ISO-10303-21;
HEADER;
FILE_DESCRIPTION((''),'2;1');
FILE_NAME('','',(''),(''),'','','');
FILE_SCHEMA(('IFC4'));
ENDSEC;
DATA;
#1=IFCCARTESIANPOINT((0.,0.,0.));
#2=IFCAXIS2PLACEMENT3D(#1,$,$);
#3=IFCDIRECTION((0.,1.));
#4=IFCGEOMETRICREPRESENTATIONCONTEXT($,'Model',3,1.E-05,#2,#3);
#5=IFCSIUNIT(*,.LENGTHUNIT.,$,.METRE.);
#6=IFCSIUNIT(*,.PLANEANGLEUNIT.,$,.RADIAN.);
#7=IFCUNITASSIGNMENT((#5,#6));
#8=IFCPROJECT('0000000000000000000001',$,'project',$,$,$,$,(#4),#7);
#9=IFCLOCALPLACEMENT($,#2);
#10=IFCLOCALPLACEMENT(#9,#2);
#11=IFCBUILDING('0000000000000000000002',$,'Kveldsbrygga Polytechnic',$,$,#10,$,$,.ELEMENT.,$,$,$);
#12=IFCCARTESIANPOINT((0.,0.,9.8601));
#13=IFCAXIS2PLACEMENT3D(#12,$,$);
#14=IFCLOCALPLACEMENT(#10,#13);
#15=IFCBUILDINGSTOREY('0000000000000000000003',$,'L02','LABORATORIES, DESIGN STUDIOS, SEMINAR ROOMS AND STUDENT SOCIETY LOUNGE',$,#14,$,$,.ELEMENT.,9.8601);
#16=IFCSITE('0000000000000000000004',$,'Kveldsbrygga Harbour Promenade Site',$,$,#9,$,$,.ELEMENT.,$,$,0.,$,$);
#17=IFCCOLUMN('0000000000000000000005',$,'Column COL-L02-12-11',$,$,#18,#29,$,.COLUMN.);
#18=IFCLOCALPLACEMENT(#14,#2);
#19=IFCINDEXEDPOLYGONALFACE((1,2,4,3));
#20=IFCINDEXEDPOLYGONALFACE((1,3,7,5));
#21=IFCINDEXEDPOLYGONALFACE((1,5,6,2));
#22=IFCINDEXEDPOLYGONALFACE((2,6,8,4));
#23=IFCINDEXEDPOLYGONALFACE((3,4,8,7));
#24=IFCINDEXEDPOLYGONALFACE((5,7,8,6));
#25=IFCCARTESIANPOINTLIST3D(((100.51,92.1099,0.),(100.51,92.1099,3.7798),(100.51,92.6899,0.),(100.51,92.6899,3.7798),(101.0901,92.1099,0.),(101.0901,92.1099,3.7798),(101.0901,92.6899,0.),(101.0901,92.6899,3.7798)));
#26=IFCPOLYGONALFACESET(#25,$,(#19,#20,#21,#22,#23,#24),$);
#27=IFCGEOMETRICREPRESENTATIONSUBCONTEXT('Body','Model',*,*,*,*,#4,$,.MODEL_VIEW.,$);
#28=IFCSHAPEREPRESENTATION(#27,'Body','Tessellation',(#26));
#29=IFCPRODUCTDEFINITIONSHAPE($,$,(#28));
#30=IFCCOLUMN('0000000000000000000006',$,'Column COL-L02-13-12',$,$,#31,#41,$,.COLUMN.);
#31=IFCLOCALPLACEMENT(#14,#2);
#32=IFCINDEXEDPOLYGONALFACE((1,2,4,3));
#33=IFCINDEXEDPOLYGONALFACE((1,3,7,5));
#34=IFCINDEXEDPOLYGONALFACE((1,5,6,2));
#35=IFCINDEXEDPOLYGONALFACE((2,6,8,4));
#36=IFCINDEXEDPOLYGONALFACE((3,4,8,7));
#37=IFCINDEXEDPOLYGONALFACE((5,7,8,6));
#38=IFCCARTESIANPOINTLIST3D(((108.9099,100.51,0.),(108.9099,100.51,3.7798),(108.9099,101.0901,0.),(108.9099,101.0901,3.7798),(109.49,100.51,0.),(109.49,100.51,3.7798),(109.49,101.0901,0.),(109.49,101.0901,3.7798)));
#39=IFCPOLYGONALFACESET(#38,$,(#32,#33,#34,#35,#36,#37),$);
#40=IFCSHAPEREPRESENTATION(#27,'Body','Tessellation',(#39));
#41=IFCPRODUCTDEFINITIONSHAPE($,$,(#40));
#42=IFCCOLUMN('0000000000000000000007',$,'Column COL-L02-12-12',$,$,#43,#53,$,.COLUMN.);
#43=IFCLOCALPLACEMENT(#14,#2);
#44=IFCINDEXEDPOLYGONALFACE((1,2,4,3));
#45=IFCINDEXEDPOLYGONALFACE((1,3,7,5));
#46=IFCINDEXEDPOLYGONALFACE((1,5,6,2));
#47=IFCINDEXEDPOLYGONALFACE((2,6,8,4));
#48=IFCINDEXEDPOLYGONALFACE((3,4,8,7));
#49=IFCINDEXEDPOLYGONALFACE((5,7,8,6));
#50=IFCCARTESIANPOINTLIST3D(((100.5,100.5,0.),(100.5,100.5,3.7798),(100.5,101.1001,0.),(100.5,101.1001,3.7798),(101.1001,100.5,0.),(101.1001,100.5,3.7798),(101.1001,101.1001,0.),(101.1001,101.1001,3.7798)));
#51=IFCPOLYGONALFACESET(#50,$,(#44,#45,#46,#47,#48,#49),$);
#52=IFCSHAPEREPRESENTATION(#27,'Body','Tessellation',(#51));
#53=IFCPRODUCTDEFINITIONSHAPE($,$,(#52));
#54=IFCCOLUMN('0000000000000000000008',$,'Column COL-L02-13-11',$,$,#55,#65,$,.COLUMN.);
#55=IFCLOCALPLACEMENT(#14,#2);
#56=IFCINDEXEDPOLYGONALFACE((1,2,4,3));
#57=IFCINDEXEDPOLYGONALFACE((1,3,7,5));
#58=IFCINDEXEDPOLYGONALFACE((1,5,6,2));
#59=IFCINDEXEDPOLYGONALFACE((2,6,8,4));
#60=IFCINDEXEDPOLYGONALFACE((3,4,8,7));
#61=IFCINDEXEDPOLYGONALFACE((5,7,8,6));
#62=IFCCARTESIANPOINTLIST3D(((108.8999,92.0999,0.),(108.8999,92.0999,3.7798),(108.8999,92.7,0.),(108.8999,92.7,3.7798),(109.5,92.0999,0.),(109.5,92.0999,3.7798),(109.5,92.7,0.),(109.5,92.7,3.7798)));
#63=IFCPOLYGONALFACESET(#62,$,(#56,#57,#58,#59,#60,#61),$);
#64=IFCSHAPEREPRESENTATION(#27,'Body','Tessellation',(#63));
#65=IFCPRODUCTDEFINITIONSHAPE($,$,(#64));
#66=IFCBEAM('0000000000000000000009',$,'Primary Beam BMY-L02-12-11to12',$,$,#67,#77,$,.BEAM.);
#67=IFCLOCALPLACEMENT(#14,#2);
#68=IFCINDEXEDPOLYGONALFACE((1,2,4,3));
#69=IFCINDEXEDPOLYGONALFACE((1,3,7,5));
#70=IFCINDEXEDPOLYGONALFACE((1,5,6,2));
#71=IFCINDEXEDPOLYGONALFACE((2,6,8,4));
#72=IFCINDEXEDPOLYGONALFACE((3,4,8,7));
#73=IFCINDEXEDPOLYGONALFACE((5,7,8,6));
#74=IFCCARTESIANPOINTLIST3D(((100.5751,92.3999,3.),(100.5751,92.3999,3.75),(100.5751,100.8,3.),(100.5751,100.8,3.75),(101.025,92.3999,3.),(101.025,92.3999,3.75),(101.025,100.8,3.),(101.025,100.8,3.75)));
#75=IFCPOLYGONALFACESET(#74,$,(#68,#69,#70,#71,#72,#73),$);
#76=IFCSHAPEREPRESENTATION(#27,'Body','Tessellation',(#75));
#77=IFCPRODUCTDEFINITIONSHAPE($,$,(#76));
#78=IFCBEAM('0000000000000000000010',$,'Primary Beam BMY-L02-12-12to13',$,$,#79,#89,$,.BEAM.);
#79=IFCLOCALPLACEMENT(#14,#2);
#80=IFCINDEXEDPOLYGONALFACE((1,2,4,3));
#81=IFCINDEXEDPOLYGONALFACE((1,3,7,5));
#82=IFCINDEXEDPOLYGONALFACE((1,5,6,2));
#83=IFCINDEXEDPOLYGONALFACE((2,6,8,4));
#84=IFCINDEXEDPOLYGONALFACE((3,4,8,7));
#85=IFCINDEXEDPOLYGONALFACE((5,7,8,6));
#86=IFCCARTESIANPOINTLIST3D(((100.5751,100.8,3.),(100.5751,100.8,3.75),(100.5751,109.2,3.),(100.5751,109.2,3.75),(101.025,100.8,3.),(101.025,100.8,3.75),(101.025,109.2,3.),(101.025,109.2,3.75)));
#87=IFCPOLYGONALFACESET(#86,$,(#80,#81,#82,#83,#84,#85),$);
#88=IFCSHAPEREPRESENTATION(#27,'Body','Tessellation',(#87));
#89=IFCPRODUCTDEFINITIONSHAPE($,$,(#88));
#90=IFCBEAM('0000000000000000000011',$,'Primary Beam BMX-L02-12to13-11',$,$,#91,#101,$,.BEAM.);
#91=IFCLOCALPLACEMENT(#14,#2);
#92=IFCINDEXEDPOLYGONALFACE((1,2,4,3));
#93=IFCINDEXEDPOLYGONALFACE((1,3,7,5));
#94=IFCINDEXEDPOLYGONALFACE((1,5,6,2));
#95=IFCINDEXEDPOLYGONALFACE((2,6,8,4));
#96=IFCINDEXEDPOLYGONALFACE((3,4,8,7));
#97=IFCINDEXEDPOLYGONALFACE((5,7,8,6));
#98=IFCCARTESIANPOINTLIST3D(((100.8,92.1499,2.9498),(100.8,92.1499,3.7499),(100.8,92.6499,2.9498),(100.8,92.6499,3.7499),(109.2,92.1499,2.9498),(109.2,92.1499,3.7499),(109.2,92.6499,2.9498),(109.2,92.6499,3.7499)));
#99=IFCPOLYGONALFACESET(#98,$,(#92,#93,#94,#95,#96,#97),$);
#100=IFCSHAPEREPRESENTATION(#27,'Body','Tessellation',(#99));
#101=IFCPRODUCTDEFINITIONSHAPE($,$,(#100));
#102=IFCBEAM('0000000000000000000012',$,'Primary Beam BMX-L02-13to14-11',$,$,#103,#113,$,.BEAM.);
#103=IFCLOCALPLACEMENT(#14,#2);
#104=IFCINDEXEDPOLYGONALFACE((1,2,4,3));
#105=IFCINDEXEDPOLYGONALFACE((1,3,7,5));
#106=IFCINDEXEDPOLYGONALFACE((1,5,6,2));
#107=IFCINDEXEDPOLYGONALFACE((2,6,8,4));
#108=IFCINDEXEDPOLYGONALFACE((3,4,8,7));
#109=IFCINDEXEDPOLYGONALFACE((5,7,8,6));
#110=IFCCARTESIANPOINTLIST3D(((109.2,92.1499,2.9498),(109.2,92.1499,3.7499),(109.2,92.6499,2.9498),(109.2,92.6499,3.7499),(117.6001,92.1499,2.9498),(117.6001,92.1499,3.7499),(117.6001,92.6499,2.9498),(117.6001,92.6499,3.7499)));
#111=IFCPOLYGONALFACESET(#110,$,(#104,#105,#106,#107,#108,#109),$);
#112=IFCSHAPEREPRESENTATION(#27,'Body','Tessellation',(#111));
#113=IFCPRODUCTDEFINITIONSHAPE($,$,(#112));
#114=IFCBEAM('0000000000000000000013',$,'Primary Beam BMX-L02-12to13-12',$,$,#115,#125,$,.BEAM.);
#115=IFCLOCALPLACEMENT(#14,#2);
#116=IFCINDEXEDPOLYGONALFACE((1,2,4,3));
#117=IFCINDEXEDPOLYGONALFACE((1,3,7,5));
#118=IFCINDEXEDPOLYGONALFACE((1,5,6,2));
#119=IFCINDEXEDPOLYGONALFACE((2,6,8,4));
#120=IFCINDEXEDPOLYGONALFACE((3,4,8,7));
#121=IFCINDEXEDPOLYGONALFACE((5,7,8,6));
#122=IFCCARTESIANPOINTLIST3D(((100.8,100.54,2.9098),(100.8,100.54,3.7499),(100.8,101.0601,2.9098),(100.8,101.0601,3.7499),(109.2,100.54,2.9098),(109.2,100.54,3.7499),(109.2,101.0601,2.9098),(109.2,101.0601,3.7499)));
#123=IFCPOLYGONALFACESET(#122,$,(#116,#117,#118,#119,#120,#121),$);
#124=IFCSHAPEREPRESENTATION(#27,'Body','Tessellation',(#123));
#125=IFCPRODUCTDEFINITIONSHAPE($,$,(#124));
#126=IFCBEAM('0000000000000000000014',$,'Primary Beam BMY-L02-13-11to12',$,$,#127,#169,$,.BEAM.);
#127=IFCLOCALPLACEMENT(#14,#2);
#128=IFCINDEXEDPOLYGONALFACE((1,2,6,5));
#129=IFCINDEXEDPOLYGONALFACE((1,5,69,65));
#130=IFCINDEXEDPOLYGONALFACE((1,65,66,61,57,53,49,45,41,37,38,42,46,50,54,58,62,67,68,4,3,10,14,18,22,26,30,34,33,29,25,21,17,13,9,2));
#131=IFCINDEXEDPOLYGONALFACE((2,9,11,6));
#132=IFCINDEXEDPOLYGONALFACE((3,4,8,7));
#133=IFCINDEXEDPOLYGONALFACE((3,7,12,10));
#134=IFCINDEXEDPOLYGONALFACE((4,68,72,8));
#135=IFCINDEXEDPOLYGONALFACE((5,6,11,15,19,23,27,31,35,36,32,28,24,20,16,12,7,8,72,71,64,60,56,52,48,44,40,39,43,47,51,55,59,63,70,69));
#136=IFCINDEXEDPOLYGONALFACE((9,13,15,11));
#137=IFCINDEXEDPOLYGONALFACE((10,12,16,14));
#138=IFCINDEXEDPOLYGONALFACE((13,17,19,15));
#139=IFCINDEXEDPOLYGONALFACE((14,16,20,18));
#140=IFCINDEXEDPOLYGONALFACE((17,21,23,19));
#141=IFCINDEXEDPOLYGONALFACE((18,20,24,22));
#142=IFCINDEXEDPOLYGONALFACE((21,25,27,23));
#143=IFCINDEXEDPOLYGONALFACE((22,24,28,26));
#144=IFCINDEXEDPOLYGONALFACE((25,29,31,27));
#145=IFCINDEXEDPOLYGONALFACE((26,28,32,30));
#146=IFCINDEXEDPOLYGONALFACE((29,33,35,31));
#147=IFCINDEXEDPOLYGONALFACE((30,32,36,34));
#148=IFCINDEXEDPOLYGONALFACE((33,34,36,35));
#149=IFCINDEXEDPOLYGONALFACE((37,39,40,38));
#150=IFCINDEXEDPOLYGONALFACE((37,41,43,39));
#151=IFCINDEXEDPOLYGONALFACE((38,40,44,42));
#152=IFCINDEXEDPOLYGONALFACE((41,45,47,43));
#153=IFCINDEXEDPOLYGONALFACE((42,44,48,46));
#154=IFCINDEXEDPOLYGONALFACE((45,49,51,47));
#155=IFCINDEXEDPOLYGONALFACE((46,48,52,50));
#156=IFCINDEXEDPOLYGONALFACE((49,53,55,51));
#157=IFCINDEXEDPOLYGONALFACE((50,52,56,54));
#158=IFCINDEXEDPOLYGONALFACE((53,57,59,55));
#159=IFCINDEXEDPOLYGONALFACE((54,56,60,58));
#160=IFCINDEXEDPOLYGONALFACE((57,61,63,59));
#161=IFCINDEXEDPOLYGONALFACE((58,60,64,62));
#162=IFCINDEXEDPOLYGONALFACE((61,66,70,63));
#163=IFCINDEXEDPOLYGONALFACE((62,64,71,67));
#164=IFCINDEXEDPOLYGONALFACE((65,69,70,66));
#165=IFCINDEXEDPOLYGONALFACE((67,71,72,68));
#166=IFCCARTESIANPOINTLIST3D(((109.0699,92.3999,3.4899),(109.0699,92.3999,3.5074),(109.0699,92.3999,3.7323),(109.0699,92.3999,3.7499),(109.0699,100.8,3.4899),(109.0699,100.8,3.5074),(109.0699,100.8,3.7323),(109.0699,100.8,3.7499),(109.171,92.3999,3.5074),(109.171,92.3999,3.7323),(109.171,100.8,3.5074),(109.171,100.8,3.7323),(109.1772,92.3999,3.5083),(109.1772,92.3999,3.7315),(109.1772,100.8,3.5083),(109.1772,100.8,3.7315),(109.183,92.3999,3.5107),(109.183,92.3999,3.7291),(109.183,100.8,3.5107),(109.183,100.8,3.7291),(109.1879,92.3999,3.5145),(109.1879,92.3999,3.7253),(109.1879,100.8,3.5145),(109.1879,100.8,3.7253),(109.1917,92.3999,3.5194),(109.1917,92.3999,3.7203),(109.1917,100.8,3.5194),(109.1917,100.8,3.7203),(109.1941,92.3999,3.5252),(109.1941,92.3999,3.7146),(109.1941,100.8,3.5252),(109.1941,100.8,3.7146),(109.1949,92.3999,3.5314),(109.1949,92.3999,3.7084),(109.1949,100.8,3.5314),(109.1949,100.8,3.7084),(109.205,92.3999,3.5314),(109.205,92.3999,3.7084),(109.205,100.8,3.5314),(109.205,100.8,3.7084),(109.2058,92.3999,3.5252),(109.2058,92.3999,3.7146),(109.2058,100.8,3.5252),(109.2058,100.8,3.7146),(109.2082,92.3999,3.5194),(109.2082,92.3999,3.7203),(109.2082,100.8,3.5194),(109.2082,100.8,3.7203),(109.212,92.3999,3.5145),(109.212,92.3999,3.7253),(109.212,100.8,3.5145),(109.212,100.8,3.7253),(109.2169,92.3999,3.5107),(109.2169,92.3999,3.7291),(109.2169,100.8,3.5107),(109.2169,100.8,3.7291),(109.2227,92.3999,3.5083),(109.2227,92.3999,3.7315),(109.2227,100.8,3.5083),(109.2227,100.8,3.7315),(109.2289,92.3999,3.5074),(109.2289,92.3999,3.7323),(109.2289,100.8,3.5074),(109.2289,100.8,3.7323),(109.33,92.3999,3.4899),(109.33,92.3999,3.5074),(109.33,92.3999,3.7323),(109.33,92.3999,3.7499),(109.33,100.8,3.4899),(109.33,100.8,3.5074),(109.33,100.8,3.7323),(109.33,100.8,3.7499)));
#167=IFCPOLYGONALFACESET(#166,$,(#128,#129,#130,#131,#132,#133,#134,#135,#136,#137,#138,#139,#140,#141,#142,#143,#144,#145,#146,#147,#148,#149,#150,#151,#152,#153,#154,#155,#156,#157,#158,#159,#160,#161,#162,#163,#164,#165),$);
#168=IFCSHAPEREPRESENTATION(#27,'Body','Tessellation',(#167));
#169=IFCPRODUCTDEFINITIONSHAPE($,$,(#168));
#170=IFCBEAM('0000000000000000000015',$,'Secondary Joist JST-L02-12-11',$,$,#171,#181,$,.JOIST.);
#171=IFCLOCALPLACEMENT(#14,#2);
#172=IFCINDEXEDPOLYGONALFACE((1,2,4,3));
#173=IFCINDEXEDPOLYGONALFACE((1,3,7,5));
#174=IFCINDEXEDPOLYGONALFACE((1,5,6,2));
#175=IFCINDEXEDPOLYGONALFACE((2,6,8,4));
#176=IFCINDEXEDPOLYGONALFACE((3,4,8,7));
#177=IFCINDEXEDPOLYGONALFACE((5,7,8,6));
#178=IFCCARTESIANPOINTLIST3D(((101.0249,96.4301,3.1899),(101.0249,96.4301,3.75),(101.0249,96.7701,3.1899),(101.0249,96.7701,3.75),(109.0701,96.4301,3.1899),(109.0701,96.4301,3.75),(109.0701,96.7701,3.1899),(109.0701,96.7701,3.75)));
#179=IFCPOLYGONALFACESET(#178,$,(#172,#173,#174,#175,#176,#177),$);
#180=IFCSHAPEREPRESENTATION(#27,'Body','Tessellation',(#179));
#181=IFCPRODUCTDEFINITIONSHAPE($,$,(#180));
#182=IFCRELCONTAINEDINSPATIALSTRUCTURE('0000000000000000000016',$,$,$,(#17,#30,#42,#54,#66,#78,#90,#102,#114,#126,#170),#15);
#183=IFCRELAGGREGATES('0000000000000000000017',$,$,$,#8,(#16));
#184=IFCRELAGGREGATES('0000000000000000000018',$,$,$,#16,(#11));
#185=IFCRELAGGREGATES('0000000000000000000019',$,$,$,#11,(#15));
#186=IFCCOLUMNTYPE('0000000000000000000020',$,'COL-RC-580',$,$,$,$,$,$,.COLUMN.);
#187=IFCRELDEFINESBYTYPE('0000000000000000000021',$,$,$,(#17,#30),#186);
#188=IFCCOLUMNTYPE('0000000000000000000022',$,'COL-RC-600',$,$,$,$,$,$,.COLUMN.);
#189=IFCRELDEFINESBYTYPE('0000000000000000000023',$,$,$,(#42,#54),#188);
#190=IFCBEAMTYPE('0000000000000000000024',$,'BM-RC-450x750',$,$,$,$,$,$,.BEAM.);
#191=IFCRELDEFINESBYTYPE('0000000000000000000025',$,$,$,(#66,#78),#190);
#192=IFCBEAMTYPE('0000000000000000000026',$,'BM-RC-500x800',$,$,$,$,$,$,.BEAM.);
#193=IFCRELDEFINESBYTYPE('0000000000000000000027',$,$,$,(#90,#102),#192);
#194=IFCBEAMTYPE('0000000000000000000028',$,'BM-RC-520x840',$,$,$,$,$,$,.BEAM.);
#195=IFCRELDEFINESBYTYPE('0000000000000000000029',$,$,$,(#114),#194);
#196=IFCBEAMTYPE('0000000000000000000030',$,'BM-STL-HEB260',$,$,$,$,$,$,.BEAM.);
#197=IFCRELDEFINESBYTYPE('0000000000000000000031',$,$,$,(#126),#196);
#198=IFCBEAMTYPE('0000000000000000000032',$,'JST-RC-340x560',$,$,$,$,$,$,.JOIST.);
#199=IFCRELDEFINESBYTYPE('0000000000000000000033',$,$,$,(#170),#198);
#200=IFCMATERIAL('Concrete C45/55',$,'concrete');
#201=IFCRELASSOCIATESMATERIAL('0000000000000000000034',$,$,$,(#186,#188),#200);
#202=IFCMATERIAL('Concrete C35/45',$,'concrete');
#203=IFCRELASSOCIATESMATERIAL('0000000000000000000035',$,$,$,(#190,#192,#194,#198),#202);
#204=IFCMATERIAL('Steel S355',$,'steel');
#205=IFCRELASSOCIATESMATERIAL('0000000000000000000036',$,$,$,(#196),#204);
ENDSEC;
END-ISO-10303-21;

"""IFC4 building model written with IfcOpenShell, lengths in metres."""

from ifc_helpers import new_model, si_unit, direction, frame, origin, origin_2d, place, context, subcontext, project, spatial, rectangle, i_section, extrude, material, material_profile, profile_set, type_object, element, save


model = new_model("IFC4")

# Units and contexts
model_context = context("Model", 3, precision=1e-05, world=origin(), true_north=direction((0.0, 1.0)))
body_context = subcontext(model_context, "Body", "Model", "MODEL_VIEW")
ifc_project = project(units=[si_unit("LENGTHUNIT", "METRE"), si_unit("PLANEANGLEUNIT", "RADIAN")], contexts=[model_context])

# Site, building, storey
site_placement = place(None, origin())
site = spatial("IfcSite", under=ifc_project, at=site_placement, Name="Kveldsbrygga Harbour Promenade Site", CompositionType="ELEMENT", RefElevation=0.0)
building_placement = place(site_placement, origin())
building = spatial("IfcBuilding", under=site, at=building_placement, Name="Kveldsbrygga Polytechnic", CompositionType="ELEMENT")
storey_placement = place(building_placement, frame((0.0, 0.0, 9.8601)))
storey = spatial("IfcBuildingStorey", under=building, at=storey_placement, Name="L02", Description="LABORATORIES, DESIGN STUDIOS, SEMINAR ROOMS AND STUDENT SOCIETY LOUNGE", CompositionType="ELEMENT", Elevation=9.8601)

# Columns
ifc_material_1 = material(Name="Concrete C45/55", Category="concrete")
ifc_material_profile_1 = material_profile(ifc_material_1, rectangle(XDim=0.5801, YDim=0.5801, at=origin_2d()), Name="RC 580x580")
ifc_profile_set_1 = profile_set([ifc_material_profile_1], Name="Concrete C45/55")
column_type_1 = type_object("IfcColumnType", Name="COL-RC-580", PredefinedType="COLUMN", material=ifc_profile_set_1)
for number, where, z_axis, x_axis, name in (
    (1, (100.8, 92.3999, 0.0), (0.0, 0.0, 1.0), (1.0, 0.0, 0.0), "Column COL-L02-12-11"),
    (2, (109.2, 100.8, 0.0), (0.0, 0.0, 1.0), (1.0, 0.0, 0.0), "Column COL-L02-13-12"),
):
    element("IfcColumn", number, at=place(storey_placement, frame(where, z_axis=z_axis, x_axis=x_axis)), inside=storey, type_object=column_type_1, Name=name, PredefinedType="COLUMN", context=body_context, shape_type="SweptSolid", body=[
        extrude(rectangle(XDim=0.5801, YDim=0.5801, at=origin_2d()), origin(), (0.0, 0.0, 1.0), 3.7798),
    ])
ifc_material_profile_2 = material_profile(ifc_material_1, rectangle(XDim=0.6001, YDim=0.6001, at=origin_2d()), Name="RC 600x600")
ifc_profile_set_2 = profile_set([ifc_material_profile_2], Name="Concrete C45/55")
column_type_2 = type_object("IfcColumnType", Name="COL-RC-600", PredefinedType="COLUMN", material=ifc_profile_set_2)
for number, where, z_axis, x_axis, name in (
    (3, (100.8, 100.8, 0.0), (0.0, 0.0, 1.0), (1.0, 0.0, 0.0), "Column COL-L02-12-12"),
    (4, (109.2, 92.3999, 0.0), (0.0, 0.0, 1.0), (1.0, 0.0, 0.0), "Column COL-L02-13-11"),
):
    element("IfcColumn", number, at=place(storey_placement, frame(where, z_axis=z_axis, x_axis=x_axis)), inside=storey, type_object=column_type_2, Name=name, PredefinedType="COLUMN", context=body_context, shape_type="SweptSolid", body=[
        extrude(rectangle(XDim=0.6001, YDim=0.6001, at=origin_2d()), origin(), (0.0, 0.0, 1.0), 3.7798),
    ])

# Beams
ifc_material_2 = material(Name="Concrete C35/45", Category="concrete")
ifc_material_profile_3 = material_profile(ifc_material_2, rectangle(XDim=0.45, YDim=0.75, at=origin_2d()), Name="RC 450x750")
ifc_profile_set_3 = profile_set([ifc_material_profile_3], Name="Concrete C35/45")
beam_type_1 = type_object("IfcBeamType", Name="BM-RC-450x750", PredefinedType="BEAM", material=ifc_profile_set_3)
beam_1_placement = place(storey_placement, frame((100.8, 92.3999, 3.375), z_axis=(0.0, 1.0, 0.0), x_axis=(-1.0, 0.0, 0.0)))
element("IfcBeam", 5, at=beam_1_placement, inside=storey, type_object=beam_type_1, Name="Primary Beam BMY-L02-12-11to12", PredefinedType="BEAM", context=body_context, shape_type="SweptSolid", body=[
    extrude(rectangle(XDim=0.45, YDim=0.75, at=origin_2d()), origin(), (0.0, 0.0, 1.0), 8.4001),
])
beam_2_placement = place(storey_placement, frame((100.8, 100.8, 3.375), z_axis=(0.0, 1.0, 0.0), x_axis=(-1.0, 0.0, 0.0)))
element("IfcBeam", 6, at=beam_2_placement, inside=storey, type_object=beam_type_1, Name="Primary Beam BMY-L02-12-12to13", PredefinedType="BEAM", context=body_context, shape_type="SweptSolid", body=[
    extrude(rectangle(XDim=0.45, YDim=0.75, at=origin_2d()), origin(), (0.0, 0.0, 1.0), 8.3999),
])
ifc_material_profile_4 = material_profile(ifc_material_2, rectangle(XDim=0.5, YDim=0.8, at=origin_2d()), Name="RC 500x800")
ifc_profile_set_4 = profile_set([ifc_material_profile_4], Name="Concrete C35/45")
beam_type_2 = type_object("IfcBeamType", Name="BM-RC-500x800", PredefinedType="BEAM", material=ifc_profile_set_4)
beam_3_placement = place(storey_placement, frame((100.8, 92.3999, 3.3499), z_axis=(1.0, 0.0, 0.0), x_axis=(0.0, 1.0, 0.0)))
element("IfcBeam", 7, at=beam_3_placement, inside=storey, type_object=beam_type_2, Name="Primary Beam BMX-L02-12to13-11", PredefinedType="BEAM", context=body_context, shape_type="SweptSolid", body=[
    extrude(rectangle(XDim=0.5, YDim=0.8, at=origin_2d()), origin(), (0.0, 0.0, 1.0), 8.3999),
])
beam_4_placement = place(storey_placement, frame((109.2, 92.3999, 3.3499), z_axis=(1.0, 0.0, 0.0), x_axis=(0.0, 1.0, 0.0)))
element("IfcBeam", 8, at=beam_4_placement, inside=storey, type_object=beam_type_2, Name="Primary Beam BMX-L02-13to14-11", PredefinedType="BEAM", context=body_context, shape_type="SweptSolid", body=[
    extrude(rectangle(XDim=0.5, YDim=0.8, at=origin_2d()), origin(), (0.0, 0.0, 1.0), 8.4001),
])
ifc_material_profile_5 = material_profile(ifc_material_2, rectangle(XDim=0.52, YDim=0.8401, at=origin_2d()), Name="RC 520x840")
ifc_profile_set_5 = profile_set([ifc_material_profile_5], Name="Concrete C35/45")
beam_type_3 = type_object("IfcBeamType", Name="BM-RC-520x840", PredefinedType="BEAM", material=ifc_profile_set_5)
beam_5_placement = place(storey_placement, frame((100.8, 100.8, 3.3298), z_axis=(1.0, 0.0, 0.0), x_axis=(0.0, 1.0, 0.0)))
element("IfcBeam", 9, at=beam_5_placement, inside=storey, type_object=beam_type_3, Name="Primary Beam BMX-L02-12to13-12", PredefinedType="BEAM", context=body_context, shape_type="SweptSolid", body=[
    extrude(rectangle(XDim=0.52, YDim=0.8401, at=origin_2d()), origin(), (0.0, 0.0, 1.0), 8.3999),
])
ifc_material_3 = material(Name="Steel S355", Category="steel")
ifc_material_profile_6 = material_profile(ifc_material_3, i_section(OverallWidth=0.26, OverallDepth=0.26, WebThickness=0.01, FlangeThickness=0.0176, FilletRadius=0.0239, at=origin_2d()), Name="HEB 260")
ifc_profile_set_6 = profile_set([ifc_material_profile_6], Name="Steel S355")
beam_type_4 = type_object("IfcBeamType", Name="BM-STL-HEB260", PredefinedType="BEAM", material=ifc_profile_set_6)
beam_6_placement = place(storey_placement, frame((109.2, 92.3999, 3.6199), z_axis=(0.0, 1.0, 0.0), x_axis=(-1.0, 0.0, 0.0)))
element("IfcBeam", 10, at=beam_6_placement, inside=storey, type_object=beam_type_4, Name="Primary Beam BMY-L02-13-11to12", PredefinedType="BEAM", context=body_context, shape_type="SweptSolid", body=[
    extrude(i_section(OverallWidth=0.26, OverallDepth=0.26, WebThickness=0.01, FlangeThickness=0.0176, FilletRadius=0.0239, at=origin_2d()), origin(), (0.0, 0.0, 1.0), 8.4001),
])
ifc_material_profile_7 = material_profile(ifc_material_2, rectangle(XDim=0.3401, YDim=0.5601, at=origin_2d()), Name="RC 340x560")
ifc_profile_set_7 = profile_set([ifc_material_profile_7], Name="Concrete C35/45")
beam_type_5 = type_object("IfcBeamType", Name="JST-RC-340x560", PredefinedType="JOIST", material=ifc_profile_set_7)
beam_7_placement = place(storey_placement, frame((101.0249, 96.6001, 3.47), z_axis=(1.0, 0.0, 0.0), x_axis=(0.0, 1.0, 0.0)))
element("IfcBeam", 11, at=beam_7_placement, inside=storey, type_object=beam_type_5, Name="Secondary Joist JST-L02-12-11", PredefinedType="JOIST", context=body_context, shape_type="SweptSolid", body=[
    extrude(rectangle(XDim=0.3401, YDim=0.5601, at=origin_2d()), origin(), (0.0, 0.0, 1.0), 8.0452),
])

save(model, "model.ifc")
